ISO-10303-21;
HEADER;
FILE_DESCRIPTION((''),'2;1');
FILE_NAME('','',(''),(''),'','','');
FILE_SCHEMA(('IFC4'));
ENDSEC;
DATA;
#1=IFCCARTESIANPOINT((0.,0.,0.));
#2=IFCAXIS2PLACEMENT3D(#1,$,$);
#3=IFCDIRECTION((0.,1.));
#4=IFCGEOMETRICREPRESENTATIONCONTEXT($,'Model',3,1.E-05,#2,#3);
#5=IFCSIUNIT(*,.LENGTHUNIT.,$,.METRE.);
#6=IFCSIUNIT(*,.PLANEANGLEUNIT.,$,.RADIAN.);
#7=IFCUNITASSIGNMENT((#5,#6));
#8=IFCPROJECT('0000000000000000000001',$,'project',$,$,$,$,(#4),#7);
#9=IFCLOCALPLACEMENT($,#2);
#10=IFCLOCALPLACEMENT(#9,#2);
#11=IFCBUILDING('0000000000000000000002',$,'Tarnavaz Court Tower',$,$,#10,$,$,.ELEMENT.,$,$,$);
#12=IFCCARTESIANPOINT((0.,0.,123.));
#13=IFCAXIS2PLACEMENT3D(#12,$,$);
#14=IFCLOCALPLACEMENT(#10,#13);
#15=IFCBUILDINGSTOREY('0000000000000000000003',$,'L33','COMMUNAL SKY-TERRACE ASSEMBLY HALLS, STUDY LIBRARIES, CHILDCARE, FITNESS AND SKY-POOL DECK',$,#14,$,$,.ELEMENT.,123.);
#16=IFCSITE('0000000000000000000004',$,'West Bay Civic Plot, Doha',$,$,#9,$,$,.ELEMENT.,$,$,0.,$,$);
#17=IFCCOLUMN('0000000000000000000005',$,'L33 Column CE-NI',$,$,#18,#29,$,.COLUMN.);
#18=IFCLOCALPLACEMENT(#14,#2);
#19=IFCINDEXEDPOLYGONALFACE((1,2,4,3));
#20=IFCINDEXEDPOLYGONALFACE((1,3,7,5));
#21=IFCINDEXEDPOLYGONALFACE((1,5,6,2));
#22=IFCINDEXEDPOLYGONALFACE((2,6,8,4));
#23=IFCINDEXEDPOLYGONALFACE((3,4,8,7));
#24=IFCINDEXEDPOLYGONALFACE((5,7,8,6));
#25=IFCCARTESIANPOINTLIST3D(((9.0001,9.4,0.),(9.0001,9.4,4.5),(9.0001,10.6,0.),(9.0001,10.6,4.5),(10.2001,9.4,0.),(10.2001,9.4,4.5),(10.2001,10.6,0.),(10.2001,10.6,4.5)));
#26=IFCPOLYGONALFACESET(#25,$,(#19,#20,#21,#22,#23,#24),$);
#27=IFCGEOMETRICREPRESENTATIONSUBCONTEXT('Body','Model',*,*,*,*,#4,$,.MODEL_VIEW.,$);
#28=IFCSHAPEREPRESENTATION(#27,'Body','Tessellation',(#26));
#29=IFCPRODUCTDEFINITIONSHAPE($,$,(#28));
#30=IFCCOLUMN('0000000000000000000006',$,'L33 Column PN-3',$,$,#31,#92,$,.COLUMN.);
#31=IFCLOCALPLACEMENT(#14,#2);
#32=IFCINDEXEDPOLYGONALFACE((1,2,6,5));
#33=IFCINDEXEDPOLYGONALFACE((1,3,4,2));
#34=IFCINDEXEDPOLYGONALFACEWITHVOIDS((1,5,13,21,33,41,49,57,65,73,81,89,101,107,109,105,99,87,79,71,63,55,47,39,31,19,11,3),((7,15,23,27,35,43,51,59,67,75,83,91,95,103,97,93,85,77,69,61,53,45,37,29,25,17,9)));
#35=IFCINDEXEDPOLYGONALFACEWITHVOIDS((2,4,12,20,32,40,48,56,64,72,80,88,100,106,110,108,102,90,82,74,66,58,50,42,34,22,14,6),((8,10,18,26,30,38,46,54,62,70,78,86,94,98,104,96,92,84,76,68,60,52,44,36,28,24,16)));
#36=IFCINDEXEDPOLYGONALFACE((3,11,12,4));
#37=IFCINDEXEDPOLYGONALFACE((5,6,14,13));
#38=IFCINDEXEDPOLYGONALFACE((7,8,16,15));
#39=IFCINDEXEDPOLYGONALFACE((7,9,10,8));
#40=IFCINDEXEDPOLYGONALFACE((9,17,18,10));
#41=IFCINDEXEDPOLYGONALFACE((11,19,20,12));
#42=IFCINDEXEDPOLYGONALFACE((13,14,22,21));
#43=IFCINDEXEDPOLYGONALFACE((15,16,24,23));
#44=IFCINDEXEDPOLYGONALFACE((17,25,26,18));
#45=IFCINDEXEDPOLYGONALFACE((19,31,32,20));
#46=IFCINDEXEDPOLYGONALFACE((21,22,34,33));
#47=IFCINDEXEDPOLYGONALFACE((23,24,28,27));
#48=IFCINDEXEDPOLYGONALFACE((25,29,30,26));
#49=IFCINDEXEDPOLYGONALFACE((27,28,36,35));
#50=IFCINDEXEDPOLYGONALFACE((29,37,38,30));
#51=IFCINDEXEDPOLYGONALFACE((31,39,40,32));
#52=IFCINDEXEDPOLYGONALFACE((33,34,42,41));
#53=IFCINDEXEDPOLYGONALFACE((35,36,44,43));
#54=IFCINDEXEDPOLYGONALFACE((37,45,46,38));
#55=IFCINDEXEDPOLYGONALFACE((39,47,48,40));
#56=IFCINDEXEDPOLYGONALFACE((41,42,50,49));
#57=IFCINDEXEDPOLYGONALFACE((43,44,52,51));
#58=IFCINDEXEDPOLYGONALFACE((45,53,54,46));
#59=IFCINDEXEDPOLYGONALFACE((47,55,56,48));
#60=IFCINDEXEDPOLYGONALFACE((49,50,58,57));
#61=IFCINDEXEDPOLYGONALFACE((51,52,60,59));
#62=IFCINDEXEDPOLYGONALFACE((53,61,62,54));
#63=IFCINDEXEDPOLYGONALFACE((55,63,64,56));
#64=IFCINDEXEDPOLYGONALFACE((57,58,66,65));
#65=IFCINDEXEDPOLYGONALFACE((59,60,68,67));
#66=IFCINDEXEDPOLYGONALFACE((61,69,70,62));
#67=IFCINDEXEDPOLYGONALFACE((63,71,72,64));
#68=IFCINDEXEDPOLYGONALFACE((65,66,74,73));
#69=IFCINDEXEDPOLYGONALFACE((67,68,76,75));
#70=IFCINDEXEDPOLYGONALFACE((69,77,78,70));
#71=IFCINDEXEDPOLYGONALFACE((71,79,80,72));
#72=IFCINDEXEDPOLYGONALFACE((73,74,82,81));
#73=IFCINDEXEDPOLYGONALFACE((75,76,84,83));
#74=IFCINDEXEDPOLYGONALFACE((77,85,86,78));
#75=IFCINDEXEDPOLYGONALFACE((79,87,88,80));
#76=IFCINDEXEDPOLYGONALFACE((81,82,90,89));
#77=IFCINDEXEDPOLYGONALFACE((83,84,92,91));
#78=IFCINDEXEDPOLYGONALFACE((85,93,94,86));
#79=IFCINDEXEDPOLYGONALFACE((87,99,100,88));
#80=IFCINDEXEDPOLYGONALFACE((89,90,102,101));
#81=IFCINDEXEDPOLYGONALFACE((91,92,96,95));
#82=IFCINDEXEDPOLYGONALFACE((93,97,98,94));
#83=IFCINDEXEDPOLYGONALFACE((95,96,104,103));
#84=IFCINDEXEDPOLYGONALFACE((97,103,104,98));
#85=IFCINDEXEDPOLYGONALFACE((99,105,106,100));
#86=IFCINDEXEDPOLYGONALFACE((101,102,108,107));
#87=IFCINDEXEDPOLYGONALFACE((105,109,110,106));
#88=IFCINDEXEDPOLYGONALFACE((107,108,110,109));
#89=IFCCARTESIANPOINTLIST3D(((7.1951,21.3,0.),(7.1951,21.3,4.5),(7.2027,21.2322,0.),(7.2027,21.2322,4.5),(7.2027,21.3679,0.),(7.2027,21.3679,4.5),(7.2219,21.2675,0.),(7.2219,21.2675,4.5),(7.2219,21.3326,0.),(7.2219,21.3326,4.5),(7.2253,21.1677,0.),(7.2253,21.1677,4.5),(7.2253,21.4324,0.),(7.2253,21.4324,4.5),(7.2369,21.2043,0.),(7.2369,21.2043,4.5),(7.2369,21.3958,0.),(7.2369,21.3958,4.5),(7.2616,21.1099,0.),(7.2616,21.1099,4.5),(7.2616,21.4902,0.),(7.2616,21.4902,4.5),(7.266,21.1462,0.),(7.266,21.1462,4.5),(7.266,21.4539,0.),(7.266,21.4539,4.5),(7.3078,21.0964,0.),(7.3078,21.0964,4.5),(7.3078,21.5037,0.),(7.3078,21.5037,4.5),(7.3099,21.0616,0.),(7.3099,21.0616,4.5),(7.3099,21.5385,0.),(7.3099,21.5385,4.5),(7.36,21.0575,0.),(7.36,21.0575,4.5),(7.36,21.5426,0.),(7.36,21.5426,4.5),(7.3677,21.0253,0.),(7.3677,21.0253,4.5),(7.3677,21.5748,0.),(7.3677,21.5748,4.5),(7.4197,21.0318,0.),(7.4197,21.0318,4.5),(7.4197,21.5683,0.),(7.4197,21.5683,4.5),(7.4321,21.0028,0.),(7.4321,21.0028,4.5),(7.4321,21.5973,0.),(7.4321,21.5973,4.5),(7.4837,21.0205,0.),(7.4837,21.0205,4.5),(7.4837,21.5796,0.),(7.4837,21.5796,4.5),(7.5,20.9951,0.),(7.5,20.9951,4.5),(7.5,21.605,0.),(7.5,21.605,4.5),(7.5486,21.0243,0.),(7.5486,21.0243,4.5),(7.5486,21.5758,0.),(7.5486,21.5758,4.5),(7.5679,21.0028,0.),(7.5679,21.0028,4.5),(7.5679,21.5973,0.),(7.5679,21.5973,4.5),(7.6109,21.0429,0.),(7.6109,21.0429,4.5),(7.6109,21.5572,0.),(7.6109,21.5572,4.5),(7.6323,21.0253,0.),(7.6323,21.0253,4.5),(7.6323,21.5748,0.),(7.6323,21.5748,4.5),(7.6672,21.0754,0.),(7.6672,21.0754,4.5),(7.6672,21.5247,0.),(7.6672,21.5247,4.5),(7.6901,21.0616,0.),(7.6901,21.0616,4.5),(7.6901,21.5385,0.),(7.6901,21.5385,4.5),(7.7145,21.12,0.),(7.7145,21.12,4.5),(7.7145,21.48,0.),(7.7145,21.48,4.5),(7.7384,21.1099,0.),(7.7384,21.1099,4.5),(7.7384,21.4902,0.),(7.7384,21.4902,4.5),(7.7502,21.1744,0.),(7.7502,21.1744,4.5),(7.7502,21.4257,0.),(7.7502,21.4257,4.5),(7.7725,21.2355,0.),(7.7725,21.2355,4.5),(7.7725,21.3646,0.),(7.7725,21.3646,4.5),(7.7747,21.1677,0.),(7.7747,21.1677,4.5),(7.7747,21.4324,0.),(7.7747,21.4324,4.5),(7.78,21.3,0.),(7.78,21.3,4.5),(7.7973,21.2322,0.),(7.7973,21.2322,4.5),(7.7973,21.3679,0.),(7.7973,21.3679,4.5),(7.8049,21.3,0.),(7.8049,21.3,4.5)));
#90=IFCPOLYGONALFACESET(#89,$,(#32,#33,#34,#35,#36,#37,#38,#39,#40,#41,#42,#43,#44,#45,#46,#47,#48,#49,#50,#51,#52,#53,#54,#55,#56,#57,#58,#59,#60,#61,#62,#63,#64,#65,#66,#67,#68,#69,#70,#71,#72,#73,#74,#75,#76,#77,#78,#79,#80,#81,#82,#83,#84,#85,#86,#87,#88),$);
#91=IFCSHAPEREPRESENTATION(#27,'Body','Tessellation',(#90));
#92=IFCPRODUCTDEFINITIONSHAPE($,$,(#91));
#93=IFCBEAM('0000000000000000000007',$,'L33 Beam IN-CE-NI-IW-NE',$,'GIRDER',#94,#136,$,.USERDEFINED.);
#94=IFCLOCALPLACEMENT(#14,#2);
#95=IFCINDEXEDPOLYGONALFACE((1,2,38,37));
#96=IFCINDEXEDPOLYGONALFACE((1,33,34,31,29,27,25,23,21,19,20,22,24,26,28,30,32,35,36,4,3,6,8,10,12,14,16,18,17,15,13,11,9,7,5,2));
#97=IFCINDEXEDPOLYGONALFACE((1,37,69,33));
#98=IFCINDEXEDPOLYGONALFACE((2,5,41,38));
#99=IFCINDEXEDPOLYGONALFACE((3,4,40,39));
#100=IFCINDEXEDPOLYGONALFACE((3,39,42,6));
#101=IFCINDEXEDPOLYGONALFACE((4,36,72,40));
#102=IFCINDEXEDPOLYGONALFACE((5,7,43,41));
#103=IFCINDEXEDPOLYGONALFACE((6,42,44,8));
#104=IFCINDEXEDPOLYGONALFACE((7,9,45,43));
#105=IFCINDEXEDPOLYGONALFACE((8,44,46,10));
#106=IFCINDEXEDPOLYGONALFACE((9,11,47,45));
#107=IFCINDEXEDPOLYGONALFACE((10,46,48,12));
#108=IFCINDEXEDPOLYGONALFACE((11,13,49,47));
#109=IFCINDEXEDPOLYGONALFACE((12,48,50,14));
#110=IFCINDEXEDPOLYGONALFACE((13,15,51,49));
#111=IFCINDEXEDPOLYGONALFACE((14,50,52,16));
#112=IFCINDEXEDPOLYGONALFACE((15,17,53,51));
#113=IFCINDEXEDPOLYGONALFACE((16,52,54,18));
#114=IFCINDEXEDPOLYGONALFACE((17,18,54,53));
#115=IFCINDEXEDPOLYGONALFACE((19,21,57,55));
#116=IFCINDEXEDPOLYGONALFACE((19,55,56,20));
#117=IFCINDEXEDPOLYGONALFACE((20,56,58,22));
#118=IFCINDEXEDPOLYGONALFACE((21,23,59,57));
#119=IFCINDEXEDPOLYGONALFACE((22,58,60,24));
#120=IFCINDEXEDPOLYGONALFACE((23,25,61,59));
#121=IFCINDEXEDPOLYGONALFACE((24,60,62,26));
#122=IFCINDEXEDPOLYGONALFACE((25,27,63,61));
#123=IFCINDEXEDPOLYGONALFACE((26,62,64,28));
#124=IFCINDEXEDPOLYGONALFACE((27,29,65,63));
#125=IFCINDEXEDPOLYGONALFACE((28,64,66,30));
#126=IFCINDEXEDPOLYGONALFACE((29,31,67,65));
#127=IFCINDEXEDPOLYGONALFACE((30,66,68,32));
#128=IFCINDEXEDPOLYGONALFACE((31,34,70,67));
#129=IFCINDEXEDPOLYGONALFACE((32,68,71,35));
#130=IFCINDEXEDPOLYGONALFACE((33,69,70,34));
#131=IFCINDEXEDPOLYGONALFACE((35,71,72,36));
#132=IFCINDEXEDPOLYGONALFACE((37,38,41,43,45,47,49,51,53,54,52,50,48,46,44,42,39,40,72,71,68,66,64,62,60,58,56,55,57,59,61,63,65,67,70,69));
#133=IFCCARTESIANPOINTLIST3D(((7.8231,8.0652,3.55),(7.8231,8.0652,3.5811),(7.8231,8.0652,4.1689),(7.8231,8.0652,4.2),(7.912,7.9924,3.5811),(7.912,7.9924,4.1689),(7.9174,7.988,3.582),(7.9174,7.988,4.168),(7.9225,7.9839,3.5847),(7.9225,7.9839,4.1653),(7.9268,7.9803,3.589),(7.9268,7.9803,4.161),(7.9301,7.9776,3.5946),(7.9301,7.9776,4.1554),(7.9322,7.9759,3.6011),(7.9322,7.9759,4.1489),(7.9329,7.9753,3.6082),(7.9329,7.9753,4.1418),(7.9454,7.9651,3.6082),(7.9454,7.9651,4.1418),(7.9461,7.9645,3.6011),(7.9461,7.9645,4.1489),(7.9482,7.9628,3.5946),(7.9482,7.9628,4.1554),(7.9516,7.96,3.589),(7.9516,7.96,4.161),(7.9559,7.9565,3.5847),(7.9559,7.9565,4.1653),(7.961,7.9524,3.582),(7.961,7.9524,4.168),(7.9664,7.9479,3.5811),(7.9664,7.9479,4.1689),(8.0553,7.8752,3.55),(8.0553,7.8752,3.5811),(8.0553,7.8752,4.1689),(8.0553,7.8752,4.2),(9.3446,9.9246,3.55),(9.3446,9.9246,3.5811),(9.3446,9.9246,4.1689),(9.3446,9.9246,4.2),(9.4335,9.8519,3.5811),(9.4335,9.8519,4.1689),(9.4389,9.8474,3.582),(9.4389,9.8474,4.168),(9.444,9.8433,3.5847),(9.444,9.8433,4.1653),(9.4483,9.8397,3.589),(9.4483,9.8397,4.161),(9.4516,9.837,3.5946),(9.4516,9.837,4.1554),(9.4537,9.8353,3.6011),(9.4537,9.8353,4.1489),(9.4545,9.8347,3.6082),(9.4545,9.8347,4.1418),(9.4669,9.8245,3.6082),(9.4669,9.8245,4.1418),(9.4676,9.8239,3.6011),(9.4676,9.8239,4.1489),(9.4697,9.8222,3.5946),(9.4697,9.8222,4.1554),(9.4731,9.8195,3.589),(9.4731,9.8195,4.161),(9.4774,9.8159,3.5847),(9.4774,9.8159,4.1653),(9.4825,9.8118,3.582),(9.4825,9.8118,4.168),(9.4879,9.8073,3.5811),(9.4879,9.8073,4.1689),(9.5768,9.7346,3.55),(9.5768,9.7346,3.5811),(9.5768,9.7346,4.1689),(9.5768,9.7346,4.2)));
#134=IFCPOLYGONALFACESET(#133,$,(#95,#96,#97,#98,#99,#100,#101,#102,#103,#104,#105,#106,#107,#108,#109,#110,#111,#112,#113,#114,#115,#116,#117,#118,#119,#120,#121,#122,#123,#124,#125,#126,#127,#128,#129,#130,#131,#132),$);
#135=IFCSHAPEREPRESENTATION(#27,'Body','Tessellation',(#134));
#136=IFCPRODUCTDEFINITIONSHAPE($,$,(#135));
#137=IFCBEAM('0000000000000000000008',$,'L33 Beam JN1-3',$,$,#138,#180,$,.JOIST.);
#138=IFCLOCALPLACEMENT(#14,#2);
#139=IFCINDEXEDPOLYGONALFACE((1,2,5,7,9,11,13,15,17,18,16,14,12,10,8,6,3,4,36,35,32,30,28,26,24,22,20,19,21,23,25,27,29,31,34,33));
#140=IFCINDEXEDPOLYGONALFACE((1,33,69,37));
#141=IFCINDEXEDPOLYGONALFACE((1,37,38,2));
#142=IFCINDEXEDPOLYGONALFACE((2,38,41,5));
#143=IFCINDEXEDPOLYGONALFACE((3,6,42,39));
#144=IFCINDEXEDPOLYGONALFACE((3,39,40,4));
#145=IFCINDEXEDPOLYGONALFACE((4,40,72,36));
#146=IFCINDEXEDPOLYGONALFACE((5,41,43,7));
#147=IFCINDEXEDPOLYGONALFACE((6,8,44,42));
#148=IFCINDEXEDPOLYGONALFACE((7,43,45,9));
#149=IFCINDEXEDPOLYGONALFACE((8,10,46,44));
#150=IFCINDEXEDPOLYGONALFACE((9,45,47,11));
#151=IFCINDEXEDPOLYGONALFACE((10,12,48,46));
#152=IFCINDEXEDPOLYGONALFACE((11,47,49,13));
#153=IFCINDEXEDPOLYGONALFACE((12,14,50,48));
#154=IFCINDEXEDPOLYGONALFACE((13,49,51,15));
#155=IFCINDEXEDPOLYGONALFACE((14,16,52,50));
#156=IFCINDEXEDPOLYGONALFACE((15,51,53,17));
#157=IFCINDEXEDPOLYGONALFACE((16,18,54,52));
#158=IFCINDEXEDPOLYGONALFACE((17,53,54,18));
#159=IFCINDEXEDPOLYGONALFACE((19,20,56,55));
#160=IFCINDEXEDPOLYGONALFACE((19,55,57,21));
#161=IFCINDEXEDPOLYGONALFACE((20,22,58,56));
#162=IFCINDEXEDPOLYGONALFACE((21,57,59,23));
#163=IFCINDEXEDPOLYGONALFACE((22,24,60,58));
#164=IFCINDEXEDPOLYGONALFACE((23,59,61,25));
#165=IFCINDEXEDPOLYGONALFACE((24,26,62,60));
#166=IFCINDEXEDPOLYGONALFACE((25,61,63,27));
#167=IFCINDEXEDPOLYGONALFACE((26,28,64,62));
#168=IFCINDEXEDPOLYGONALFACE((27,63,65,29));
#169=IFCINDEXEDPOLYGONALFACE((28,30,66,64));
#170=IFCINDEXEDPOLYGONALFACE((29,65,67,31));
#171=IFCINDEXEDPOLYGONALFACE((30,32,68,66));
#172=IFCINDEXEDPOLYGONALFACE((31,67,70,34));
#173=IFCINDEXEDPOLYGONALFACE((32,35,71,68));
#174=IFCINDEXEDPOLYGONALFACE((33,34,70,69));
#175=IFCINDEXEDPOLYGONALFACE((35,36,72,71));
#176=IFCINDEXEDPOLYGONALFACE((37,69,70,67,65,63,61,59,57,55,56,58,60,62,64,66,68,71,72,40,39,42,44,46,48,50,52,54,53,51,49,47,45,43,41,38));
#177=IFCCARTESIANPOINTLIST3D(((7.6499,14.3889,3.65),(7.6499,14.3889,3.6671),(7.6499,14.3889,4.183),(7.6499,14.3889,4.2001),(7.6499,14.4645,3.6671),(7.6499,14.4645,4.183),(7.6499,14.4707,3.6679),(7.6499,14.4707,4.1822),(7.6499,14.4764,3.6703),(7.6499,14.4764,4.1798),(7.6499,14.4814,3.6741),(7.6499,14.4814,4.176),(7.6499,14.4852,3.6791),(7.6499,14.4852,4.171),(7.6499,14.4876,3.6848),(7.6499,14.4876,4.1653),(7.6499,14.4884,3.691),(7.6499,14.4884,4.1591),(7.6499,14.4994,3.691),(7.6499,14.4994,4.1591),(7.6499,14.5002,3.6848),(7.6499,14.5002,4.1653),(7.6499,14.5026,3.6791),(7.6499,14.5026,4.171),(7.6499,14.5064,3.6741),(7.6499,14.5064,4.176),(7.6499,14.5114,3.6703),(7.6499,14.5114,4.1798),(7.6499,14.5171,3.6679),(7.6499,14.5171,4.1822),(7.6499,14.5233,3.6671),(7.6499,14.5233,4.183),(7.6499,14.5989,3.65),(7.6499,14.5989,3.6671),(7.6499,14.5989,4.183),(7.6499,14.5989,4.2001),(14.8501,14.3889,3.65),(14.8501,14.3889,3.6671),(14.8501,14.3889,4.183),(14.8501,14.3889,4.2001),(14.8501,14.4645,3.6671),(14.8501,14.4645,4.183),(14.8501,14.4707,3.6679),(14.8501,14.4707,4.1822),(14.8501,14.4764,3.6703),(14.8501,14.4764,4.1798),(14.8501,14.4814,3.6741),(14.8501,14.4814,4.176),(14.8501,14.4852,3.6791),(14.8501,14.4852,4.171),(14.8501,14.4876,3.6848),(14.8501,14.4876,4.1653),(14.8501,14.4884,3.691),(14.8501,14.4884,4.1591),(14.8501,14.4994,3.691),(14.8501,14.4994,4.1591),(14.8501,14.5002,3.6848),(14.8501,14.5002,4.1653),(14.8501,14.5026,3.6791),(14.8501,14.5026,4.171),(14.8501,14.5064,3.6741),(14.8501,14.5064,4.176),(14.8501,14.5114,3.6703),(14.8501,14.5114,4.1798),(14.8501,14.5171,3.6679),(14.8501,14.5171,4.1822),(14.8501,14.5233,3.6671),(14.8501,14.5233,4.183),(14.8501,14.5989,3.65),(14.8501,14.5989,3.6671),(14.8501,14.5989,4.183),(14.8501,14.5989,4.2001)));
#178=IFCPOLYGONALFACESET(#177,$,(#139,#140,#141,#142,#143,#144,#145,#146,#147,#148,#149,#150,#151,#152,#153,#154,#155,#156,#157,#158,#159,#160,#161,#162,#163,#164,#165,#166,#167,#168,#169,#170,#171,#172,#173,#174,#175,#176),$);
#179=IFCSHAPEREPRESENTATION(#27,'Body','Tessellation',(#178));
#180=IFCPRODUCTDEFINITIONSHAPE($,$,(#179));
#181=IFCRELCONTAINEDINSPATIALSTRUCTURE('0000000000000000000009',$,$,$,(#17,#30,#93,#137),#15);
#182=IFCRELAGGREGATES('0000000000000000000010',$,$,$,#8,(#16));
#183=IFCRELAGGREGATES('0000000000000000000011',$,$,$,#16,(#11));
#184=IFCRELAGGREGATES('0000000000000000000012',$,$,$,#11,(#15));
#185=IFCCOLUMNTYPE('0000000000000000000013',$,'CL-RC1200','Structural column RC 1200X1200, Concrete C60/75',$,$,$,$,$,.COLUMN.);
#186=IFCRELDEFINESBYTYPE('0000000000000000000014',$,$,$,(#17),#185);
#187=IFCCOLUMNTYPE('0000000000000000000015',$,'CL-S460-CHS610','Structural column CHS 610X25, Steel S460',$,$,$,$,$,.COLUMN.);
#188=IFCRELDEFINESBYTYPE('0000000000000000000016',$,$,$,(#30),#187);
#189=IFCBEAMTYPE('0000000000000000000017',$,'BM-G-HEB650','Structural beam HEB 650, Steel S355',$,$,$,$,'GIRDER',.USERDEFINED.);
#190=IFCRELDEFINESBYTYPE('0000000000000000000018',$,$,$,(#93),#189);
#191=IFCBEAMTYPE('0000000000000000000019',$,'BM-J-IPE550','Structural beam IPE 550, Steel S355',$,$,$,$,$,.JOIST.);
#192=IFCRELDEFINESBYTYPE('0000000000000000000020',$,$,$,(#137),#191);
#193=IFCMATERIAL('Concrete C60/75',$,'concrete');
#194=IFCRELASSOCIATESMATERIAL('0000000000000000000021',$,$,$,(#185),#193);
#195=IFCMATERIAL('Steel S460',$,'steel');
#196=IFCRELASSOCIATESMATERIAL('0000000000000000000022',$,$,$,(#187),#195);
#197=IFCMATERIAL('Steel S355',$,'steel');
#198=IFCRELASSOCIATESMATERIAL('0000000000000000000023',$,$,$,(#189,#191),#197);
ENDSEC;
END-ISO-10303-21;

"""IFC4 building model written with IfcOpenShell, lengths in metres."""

from ifc_helpers import new_model, si_unit, direction, frame, origin, origin_2d, place, context, subcontext, project, spatial, rectangle, hollow_circle, i_section, extrude, material, material_profile, profile_set, type_object, element, save


model = new_model("IFC4")

# Units and contexts
model_context = context("Model", 3, precision=1e-05, world=origin(), true_north=direction((0.0, 1.0)))
body_context = subcontext(model_context, "Body", "Model", "MODEL_VIEW")
ifc_project = project(units=[si_unit("LENGTHUNIT", "METRE"), si_unit("PLANEANGLEUNIT", "RADIAN")], contexts=[model_context])

# Site, building, storey
site_placement = place(None, origin())
site = spatial("IfcSite", under=ifc_project, at=site_placement, Name="West Bay Civic Plot, Doha", CompositionType="ELEMENT", RefElevation=0.0)
building_placement = place(site_placement, origin())
building = spatial("IfcBuilding", under=site, at=building_placement, Name="Tarnavaz Court Tower", CompositionType="ELEMENT")
storey_placement = place(building_placement, frame((0.0, 0.0, 123.0)))
storey = spatial("IfcBuildingStorey", under=building, at=storey_placement, Name="L33", Description="COMMUNAL SKY-TERRACE ASSEMBLY HALLS, STUDY LIBRARIES, CHILDCARE, FITNESS AND SKY-POOL DECK", CompositionType="ELEMENT", Elevation=123.0)

# Columns
ifc_material_1 = material(Name="Concrete C60/75", Category="concrete")
ifc_material_profile_1 = material_profile(ifc_material_1, rectangle(XDim=1.2, YDim=1.2, at=origin_2d()), Name="RC 1200X1200")
ifc_profile_set_1 = profile_set([ifc_material_profile_1], Name="Concrete C60/75")
column_type_1 = type_object("IfcColumnType", Name="CL-RC1200", Description="Structural column RC 1200X1200, Concrete C60/75", PredefinedType="COLUMN", material=ifc_profile_set_1)
column_1_placement = place(storey_placement, frame((9.6001, 10.0, 0.0), z_axis=(0.0, 0.0, 1.0), x_axis=(1.0, 0.0, 0.0)))
element("IfcColumn", 1, at=column_1_placement, inside=storey, type_object=column_type_1, Name="L33 Column CE-NI", PredefinedType="COLUMN", context=body_context, shape_type="SweptSolid", body=[
    extrude(rectangle(XDim=1.2, YDim=1.2, at=origin_2d()), origin(), (0.0, 0.0, 1.0), 4.5),
])
ifc_material_2 = material(Name="Steel S460", Category="steel")
ifc_material_profile_2 = material_profile(ifc_material_2, hollow_circle(Radius=0.3049, WallThickness=0.0249, at=origin_2d()), Name="CHS 610X25")
ifc_profile_set_2 = profile_set([ifc_material_profile_2], Name="Steel S460")
column_type_2 = type_object("IfcColumnType", Name="CL-S460-CHS610", Description="Structural column CHS 610X25, Steel S460", PredefinedType="COLUMN", material=ifc_profile_set_2)
column_2_placement = place(storey_placement, frame((7.5, 21.3, 0.0), z_axis=(0.0, 0.0, 1.0), x_axis=(1.0, 0.0, 0.0)))
element("IfcColumn", 2, at=column_2_placement, inside=storey, type_object=column_type_2, Name="L33 Column PN-3", PredefinedType="COLUMN", context=body_context, shape_type="SweptSolid", body=[
    extrude(hollow_circle(Radius=0.3049, WallThickness=0.0249, at=origin_2d()), origin(), (0.0, 0.0, 1.0), 4.5),
])

# Beams
ifc_material_3 = material(Name="Steel S355", Category="steel")
ifc_material_profile_3 = material_profile(ifc_material_3, i_section(OverallWidth=0.3, OverallDepth=0.6499, WebThickness=0.0161, FlangeThickness=0.031, FilletRadius=0.0271, at=origin_2d()), Name="HEB 650")
ifc_profile_set_3 = profile_set([ifc_material_profile_3], Name="Steel S355")
beam_type_1 = type_object("IfcBeamType", Name="BM-G-HEB650", Description="Structural beam HEB 650, Steel S355", ElementType="GIRDER", PredefinedType="USERDEFINED", material=ifc_profile_set_3)
beam_1_placement = place(storey_placement, frame((9.4607, 9.8296, 3.875), z_axis=(-0.633282, -0.773921, 0.0), x_axis=(0.773921, -0.633282, 0.0)))
element("IfcBeam", 3, at=beam_1_placement, inside=storey, type_object=beam_type_1, Name="L33 Beam IN-CE-NI-IW-NE", ObjectType="GIRDER", PredefinedType="USERDEFINED", context=body_context, shape_type="SweptSolid", body=[
    extrude(i_section(OverallWidth=0.3, OverallDepth=0.6499, WebThickness=0.0161, FlangeThickness=0.031, FilletRadius=0.0271, at=origin_2d()), origin(), (0.0, 0.0, 1.0), 2.4026),
])
ifc_material_profile_4 = material_profile(ifc_material_3, i_section(OverallWidth=0.21, OverallDepth=0.55, WebThickness=0.011, FlangeThickness=0.0171, FilletRadius=0.0239, at=origin_2d()), Name="IPE 550")
ifc_profile_set_4 = profile_set([ifc_material_profile_4], Name="Steel S355")
beam_type_2 = type_object("IfcBeamType", Name="BM-J-IPE550", Description="Structural beam IPE 550, Steel S355", PredefinedType="JOIST", material=ifc_profile_set_4)
for number, where, z_axis, x_axis, name in (
    (4, (7.6499, 14.4939, 3.925), (1.0, 0.0, 0.0), (0.0, 1.0, 0.0), "L33 Beam JN1-3"),
):
    element("IfcBeam", number, at=place(storey_placement, frame(where, z_axis=z_axis, x_axis=x_axis)), inside=storey, type_object=beam_type_2, Name=name, PredefinedType="JOIST", context=body_context, shape_type="SweptSolid", body=[
        extrude(i_section(OverallWidth=0.21, OverallDepth=0.55, WebThickness=0.011, FlangeThickness=0.0171, FilletRadius=0.0239, at=origin_2d()), origin(), (0.0, 0.0, 1.0), 7.2002),
    ])

save(model, "model.ifc")
